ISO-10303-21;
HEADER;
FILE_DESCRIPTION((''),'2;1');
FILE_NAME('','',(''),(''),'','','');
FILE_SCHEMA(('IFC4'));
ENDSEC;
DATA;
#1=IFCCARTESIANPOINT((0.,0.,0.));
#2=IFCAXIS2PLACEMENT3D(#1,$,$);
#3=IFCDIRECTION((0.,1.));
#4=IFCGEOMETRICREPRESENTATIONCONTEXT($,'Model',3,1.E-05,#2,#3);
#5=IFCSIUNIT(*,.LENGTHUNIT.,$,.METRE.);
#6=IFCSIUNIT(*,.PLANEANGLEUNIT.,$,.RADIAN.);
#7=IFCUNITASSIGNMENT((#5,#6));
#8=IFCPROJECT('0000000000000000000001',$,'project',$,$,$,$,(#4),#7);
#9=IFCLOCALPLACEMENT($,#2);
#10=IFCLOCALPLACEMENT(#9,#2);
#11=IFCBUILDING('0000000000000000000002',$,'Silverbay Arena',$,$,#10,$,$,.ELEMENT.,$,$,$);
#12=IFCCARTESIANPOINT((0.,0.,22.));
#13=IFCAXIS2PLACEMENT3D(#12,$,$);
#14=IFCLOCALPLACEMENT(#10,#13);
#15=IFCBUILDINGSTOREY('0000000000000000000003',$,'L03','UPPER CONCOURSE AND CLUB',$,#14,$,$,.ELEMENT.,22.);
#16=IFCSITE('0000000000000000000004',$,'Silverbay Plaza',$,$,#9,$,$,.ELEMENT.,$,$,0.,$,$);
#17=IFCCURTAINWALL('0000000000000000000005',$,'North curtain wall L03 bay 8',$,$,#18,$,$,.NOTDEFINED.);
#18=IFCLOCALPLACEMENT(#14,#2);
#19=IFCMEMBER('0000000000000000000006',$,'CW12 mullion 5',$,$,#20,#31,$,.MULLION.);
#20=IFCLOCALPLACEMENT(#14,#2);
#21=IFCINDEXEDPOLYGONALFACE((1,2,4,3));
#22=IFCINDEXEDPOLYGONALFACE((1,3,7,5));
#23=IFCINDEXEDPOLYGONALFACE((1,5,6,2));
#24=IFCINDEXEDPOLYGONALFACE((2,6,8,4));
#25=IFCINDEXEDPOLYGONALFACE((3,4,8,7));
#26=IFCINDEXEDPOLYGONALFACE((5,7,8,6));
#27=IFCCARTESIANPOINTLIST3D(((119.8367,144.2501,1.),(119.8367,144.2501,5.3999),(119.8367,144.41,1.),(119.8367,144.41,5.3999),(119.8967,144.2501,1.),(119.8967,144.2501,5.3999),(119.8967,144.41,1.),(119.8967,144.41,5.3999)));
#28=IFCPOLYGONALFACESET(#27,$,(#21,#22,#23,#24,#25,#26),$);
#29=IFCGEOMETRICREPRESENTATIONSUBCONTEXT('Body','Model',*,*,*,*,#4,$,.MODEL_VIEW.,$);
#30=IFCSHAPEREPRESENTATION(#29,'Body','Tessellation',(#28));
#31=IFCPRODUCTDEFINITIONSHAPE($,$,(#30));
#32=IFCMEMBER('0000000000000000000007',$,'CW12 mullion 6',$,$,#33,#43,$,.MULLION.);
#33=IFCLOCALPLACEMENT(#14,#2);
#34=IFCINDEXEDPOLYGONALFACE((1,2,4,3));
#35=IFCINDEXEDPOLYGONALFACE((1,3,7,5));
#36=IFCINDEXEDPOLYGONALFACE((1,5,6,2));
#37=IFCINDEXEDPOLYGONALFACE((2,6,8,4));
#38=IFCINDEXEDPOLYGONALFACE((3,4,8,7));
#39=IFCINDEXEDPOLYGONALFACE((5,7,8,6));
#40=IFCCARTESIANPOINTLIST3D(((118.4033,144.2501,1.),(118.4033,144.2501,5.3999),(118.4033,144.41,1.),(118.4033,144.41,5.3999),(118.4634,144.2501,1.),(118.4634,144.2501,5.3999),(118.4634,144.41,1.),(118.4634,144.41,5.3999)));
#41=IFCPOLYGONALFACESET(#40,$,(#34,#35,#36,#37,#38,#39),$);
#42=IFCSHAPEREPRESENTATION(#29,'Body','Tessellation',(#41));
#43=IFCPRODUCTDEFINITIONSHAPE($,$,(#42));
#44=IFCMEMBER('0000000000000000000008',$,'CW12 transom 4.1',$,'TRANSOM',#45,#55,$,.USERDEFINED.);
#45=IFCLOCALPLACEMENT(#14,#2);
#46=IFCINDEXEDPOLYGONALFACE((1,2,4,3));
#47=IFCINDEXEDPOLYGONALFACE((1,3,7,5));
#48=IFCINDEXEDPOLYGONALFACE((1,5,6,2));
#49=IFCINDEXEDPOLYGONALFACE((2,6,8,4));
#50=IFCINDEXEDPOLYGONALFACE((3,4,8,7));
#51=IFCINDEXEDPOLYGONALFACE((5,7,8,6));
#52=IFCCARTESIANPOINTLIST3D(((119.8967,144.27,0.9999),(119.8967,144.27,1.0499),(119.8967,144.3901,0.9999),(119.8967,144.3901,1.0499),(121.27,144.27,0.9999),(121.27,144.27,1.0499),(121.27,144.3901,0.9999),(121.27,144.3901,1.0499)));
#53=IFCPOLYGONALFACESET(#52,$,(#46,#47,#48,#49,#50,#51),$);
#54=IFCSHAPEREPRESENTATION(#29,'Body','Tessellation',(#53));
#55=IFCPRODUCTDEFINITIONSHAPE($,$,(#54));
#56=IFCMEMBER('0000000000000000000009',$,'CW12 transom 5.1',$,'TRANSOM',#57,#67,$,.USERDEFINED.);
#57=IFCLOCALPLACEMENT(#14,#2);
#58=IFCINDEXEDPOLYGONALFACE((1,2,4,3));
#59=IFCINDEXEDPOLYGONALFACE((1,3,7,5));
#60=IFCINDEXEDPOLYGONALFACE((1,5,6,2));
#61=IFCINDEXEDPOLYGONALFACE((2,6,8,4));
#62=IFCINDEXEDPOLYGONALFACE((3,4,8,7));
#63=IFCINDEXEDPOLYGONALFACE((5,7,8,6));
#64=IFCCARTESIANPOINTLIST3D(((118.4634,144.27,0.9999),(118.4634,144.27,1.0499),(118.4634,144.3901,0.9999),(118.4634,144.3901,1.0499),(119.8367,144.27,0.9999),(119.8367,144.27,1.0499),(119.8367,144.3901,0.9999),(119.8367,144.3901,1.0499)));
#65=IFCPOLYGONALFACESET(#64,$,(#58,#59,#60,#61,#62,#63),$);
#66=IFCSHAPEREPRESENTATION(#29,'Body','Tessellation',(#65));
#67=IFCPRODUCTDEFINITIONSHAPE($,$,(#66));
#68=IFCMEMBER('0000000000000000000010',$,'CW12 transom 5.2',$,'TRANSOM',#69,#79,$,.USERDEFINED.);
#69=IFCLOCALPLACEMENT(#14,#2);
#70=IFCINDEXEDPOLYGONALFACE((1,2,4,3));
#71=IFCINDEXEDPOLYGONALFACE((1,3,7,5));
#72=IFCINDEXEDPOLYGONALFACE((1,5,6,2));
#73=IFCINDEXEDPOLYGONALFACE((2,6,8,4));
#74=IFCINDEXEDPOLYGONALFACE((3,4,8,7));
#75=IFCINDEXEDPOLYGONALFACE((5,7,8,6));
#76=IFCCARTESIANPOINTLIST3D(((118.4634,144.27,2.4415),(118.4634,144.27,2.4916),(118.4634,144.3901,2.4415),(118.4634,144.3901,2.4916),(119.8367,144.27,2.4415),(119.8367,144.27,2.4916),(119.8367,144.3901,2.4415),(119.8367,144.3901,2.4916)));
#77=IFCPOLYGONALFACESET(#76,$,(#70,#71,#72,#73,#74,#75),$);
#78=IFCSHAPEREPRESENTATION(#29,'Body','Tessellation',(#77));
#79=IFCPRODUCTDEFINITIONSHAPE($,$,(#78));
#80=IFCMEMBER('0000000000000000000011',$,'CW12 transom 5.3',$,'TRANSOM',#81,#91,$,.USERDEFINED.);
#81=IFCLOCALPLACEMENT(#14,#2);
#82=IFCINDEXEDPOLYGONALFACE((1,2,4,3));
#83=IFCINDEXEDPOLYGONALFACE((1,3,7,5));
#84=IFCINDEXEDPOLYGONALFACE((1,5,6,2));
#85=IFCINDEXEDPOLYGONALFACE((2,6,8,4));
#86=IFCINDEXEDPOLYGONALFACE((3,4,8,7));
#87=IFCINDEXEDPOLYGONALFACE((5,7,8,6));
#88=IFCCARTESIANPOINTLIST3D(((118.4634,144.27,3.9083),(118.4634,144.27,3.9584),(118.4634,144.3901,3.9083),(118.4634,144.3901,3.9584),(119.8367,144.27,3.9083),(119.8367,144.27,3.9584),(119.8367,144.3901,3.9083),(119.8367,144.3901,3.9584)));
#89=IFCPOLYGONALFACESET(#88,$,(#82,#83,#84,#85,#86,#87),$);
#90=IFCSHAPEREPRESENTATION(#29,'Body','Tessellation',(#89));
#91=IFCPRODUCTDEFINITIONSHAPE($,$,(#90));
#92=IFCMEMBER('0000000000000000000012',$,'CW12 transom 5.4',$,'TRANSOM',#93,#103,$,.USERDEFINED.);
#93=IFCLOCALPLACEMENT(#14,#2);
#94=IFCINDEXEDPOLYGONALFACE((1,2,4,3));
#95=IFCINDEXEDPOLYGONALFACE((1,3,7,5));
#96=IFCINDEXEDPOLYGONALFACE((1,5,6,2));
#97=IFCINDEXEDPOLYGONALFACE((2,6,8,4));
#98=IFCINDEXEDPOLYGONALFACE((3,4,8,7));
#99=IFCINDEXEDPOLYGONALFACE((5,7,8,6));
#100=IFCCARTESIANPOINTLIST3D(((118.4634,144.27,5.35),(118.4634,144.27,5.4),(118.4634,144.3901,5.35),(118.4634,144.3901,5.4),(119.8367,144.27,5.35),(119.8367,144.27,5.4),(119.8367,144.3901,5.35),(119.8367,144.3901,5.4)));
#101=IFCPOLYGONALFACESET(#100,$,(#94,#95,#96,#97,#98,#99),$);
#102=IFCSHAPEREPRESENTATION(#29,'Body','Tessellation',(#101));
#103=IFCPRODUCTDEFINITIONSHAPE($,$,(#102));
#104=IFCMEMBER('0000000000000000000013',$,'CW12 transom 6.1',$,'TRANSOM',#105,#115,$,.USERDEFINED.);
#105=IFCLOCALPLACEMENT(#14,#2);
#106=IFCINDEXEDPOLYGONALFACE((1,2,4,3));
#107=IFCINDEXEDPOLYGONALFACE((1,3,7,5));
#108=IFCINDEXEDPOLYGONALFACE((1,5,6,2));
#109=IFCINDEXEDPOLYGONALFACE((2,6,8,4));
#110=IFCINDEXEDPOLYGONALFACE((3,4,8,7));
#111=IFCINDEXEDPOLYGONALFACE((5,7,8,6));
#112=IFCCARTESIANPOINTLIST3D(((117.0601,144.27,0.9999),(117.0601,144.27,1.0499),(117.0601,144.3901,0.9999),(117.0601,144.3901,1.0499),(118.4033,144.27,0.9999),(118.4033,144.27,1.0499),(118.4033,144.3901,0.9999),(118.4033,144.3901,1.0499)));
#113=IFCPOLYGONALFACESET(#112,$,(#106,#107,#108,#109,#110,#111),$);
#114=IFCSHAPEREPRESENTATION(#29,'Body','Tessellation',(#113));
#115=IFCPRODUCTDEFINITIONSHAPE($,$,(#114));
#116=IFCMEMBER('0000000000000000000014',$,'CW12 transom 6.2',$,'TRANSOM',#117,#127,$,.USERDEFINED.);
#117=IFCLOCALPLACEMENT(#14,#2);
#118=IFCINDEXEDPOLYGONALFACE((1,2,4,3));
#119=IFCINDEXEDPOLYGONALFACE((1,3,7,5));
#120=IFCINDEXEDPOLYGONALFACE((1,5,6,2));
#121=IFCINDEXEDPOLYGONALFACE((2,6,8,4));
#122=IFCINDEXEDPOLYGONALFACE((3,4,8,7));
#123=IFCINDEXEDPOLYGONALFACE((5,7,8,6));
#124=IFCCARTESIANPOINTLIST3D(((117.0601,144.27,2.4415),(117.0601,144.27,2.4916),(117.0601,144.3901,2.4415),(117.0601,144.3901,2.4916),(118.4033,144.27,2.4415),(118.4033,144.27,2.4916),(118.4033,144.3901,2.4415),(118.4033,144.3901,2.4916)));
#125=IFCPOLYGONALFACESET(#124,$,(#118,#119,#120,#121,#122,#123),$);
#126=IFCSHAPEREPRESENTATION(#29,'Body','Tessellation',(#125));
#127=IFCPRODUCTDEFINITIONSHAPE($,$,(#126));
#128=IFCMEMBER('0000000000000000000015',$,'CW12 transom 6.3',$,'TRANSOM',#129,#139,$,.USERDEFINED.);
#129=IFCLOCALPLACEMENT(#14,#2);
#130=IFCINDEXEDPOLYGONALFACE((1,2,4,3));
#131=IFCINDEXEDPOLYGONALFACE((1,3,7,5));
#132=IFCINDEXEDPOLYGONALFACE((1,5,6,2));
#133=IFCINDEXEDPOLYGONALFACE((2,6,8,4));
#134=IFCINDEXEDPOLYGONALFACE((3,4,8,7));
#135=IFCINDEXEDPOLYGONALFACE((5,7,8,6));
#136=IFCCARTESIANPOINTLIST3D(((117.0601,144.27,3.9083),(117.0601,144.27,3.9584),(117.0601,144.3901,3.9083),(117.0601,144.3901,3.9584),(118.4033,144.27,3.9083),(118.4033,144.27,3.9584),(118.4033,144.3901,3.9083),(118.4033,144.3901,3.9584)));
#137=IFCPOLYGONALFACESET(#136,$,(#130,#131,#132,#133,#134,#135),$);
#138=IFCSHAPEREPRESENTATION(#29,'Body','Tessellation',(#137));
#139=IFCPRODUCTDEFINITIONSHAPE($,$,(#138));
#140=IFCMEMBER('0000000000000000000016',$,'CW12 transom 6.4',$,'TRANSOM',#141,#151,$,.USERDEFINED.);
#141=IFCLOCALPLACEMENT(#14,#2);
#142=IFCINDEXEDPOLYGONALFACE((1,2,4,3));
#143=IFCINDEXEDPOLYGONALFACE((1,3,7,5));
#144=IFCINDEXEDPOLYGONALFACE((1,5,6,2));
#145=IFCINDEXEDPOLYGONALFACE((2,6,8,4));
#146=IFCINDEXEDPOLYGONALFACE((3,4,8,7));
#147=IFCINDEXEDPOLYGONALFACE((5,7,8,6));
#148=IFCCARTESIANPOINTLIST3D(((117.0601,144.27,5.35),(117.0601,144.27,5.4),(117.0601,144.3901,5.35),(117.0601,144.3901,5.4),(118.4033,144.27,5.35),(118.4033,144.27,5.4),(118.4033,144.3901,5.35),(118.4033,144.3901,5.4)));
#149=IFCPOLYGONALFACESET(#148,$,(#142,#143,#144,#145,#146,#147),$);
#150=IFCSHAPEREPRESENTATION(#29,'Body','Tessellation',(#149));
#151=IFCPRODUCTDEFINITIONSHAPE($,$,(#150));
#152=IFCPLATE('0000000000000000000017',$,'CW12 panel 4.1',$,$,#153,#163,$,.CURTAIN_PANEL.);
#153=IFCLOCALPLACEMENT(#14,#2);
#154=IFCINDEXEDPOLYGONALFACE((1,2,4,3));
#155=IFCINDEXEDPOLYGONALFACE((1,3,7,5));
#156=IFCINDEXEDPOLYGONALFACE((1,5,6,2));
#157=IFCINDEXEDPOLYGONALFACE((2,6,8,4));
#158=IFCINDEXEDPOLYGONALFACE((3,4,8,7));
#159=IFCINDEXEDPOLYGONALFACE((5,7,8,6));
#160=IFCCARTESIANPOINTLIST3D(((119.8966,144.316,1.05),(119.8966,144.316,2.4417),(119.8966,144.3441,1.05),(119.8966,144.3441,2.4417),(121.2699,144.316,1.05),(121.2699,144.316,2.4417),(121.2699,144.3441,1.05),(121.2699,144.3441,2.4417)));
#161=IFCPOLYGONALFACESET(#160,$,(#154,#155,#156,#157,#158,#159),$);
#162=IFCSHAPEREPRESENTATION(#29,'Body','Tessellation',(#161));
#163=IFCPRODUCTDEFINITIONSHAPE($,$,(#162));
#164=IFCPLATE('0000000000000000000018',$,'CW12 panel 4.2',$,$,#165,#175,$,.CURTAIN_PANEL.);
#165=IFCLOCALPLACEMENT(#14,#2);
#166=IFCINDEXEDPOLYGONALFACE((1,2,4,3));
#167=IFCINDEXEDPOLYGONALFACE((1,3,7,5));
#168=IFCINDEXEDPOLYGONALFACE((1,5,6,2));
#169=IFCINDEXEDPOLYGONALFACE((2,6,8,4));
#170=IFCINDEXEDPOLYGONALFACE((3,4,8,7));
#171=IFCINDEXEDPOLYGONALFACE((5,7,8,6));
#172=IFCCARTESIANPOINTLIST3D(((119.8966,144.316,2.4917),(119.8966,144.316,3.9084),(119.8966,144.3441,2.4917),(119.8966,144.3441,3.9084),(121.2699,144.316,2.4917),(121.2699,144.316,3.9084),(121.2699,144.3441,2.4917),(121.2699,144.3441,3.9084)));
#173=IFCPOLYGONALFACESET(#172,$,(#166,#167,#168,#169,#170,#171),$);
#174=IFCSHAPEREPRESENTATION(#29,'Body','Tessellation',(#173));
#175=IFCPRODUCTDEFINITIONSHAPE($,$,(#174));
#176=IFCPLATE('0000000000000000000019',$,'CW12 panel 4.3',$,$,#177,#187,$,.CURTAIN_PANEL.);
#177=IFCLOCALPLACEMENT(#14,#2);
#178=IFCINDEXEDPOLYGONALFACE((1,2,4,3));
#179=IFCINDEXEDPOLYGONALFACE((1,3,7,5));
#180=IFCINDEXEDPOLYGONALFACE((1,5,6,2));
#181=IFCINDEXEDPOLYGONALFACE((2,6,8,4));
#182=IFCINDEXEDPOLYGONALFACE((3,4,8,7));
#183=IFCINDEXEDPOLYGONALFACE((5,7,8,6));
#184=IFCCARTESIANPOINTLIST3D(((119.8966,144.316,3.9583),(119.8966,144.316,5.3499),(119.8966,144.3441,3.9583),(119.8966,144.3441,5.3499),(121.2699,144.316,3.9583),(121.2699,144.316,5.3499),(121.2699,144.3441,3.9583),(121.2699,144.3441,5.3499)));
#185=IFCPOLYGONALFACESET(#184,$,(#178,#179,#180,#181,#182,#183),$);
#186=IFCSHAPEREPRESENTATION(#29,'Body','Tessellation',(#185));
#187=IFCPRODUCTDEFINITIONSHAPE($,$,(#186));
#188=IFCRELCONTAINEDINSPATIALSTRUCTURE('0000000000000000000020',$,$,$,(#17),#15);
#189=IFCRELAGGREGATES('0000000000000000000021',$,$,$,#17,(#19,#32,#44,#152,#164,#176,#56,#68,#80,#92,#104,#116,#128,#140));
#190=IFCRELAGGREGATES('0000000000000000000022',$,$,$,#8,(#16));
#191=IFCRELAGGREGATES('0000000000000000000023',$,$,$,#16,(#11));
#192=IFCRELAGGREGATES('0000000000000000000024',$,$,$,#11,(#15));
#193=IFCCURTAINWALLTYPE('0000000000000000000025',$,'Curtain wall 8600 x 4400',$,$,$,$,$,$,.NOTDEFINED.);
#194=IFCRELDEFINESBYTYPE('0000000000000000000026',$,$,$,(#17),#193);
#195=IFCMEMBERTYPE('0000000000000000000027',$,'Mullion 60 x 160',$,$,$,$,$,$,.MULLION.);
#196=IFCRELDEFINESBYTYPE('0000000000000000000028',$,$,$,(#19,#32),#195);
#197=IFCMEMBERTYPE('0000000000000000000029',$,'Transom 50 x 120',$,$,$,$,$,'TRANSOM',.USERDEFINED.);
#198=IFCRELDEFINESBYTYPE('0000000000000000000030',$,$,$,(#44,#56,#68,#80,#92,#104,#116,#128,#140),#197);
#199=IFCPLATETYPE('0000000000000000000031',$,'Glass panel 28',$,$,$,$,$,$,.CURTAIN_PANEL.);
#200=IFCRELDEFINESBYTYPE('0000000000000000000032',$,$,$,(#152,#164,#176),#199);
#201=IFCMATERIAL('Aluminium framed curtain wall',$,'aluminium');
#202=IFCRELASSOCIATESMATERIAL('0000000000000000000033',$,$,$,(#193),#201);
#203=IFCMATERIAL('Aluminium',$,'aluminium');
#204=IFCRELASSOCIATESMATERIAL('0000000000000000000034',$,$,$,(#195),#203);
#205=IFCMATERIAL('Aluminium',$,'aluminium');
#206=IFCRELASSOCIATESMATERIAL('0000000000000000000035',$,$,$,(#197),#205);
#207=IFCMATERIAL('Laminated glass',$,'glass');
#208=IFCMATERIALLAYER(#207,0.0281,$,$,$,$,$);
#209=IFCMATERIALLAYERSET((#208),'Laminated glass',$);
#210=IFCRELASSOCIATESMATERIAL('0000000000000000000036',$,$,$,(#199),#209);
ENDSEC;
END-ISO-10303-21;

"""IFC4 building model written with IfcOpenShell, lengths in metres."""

from ifc_helpers import new_model, si_unit, direction, frame, origin, origin_2d, place, context, subcontext, project, spatial, rectangle, extrude, material, layer, layer_set, material_profile, profile_set, type_object, element, aggregate, save


model = new_model("IFC4")

# Units and contexts
model_context = context("Model", 3, precision=1e-05, world=origin(), true_north=direction((0.0, 1.0)))
body_context = subcontext(model_context, "Body", "Model", "MODEL_VIEW")
ifc_project = project(units=[si_unit("LENGTHUNIT", "METRE"), si_unit("PLANEANGLEUNIT", "RADIAN")], contexts=[model_context])

# Site, building, storey
site_placement = place(None, origin())
site = spatial("IfcSite", under=ifc_project, at=site_placement, Name="Silverbay Plaza", CompositionType="ELEMENT", RefElevation=0.0)
building_placement = place(site_placement, origin())
building = spatial("IfcBuilding", under=site, at=building_placement, Name="Silverbay Arena", CompositionType="ELEMENT")
storey_placement = place(building_placement, frame((0.0, 0.0, 22.0)))
storey = spatial("IfcBuildingStorey", under=building, at=storey_placement, Name="L03", Description="UPPER CONCOURSE AND CLUB", CompositionType="ELEMENT", Elevation=22.0)

# Curtain wall, members, plates
ifc_material_1 = material(Name="Aluminium framed curtain wall", Category="aluminium")
curtain_wall_type = type_object("IfcCurtainWallType", Name="Curtain wall 8600 x 4400", PredefinedType="NOTDEFINED", material=ifc_material_1)
curtain_wall_placement = place(storey_placement, origin())
curtain_wall = element("IfcCurtainWall", 1, at=curtain_wall_placement, inside=storey, type_object=curtain_wall_type, Name="North curtain wall L03 bay 8", PredefinedType="NOTDEFINED")
ifc_material_2 = material(Name="Aluminium", Category="aluminium")
ifc_material_profile_1 = material_profile(ifc_material_2, rectangle(XDim=0.1599, YDim=0.0601, at=origin_2d()), Name="Mullion 60 x 160")
ifc_profile_set_1 = profile_set([ifc_material_profile_1], Name="Aluminium")
member_type_1 = type_object("IfcMemberType", Name="Mullion 60 x 160", PredefinedType="MULLION", material=ifc_profile_set_1)
member_1_placement = place(storey_placement, frame((119.8667, 144.3301, 1.0), z_axis=(0.0, 0.0, 1.0), x_axis=(0.0, -1.0, 0.0)))
member_1 = element("IfcMember", 2, at=member_1_placement, type_object=member_type_1, Name="CW12 mullion 5", PredefinedType="MULLION", context=body_context, shape_type="SweptSolid", body=[
    extrude(rectangle(XDim=0.1599, YDim=0.0601, at=origin_2d()), origin(), (0.0, 0.0, 1.0), 4.3999),
])
member_2_placement = place(storey_placement, frame((118.4333, 144.3301, 1.0), z_axis=(0.0, 0.0, 1.0), x_axis=(0.0, -1.0, 0.0)))
member_2 = element("IfcMember", 3, at=member_2_placement, type_object=member_type_1, Name="CW12 mullion 6", PredefinedType="MULLION", context=body_context, shape_type="SweptSolid", body=[
    extrude(rectangle(XDim=0.1599, YDim=0.0601, at=origin_2d()), origin(), (0.0, 0.0, 1.0), 4.3999),
])
ifc_material_3 = material(Name="Aluminium", Category="aluminium")
ifc_material_profile_2 = material_profile(ifc_material_3, rectangle(XDim=0.1201, YDim=0.05, at=origin_2d()), Name="Transom 50 x 120")
ifc_profile_set_2 = profile_set([ifc_material_profile_2], Name="Aluminium")
member_type_2 = type_object("IfcMemberType", Name="Transom 50 x 120", ElementType="TRANSOM", PredefinedType="USERDEFINED", material=ifc_profile_set_2)
member_3_placement = place(storey_placement, frame((121.27, 144.3301, 1.0249), z_axis=(-1.0, 0.0, 0.0), x_axis=(0.0, -1.0, 0.0)))
member_3 = element("IfcMember", 4, at=member_3_placement, type_object=member_type_2, Name="CW12 transom 4.1", ObjectType="TRANSOM", PredefinedType="USERDEFINED", context=body_context, shape_type="SweptSolid", body=[
    extrude(rectangle(XDim=0.1201, YDim=0.05, at=origin_2d()), origin(), (0.0, 0.0, 1.0), 1.3733),
])
member_4_placement = place(storey_placement, frame((119.8367, 144.3301, 1.0249), z_axis=(-1.0, 0.0, 0.0), x_axis=(0.0, -1.0, 0.0)))
member_4 = element("IfcMember", 5, at=member_4_placement, type_object=member_type_2, Name="CW12 transom 5.1", ObjectType="TRANSOM", PredefinedType="USERDEFINED", context=body_context, shape_type="SweptSolid", body=[
    extrude(rectangle(XDim=0.1201, YDim=0.05, at=origin_2d()), origin(), (0.0, 0.0, 1.0), 1.3733),
])
member_5_placement = place(storey_placement, frame((119.8367, 144.3301, 2.4666), z_axis=(-1.0, 0.0, 0.0), x_axis=(0.0, -1.0, 0.0)))
member_5 = element("IfcMember", 6, at=member_5_placement, type_object=member_type_2, Name="CW12 transom 5.2", ObjectType="TRANSOM", PredefinedType="USERDEFINED", context=body_context, shape_type="SweptSolid", body=[
    extrude(rectangle(XDim=0.1201, YDim=0.05, at=origin_2d()), origin(), (0.0, 0.0, 1.0), 1.3733),
])
member_6_placement = place(storey_placement, frame((119.8367, 144.3301, 3.9333), z_axis=(-1.0, 0.0, 0.0), x_axis=(0.0, -1.0, 0.0)))
member_6 = element("IfcMember", 7, at=member_6_placement, type_object=member_type_2, Name="CW12 transom 5.3", ObjectType="TRANSOM", PredefinedType="USERDEFINED", context=body_context, shape_type="SweptSolid", body=[
    extrude(rectangle(XDim=0.1201, YDim=0.05, at=origin_2d()), origin(), (0.0, 0.0, 1.0), 1.3733),
])
member_7_placement = place(storey_placement, frame((119.8367, 144.3301, 5.375), z_axis=(-1.0, 0.0, 0.0), x_axis=(0.0, -1.0, 0.0)))
member_7 = element("IfcMember", 8, at=member_7_placement, type_object=member_type_2, Name="CW12 transom 5.4", ObjectType="TRANSOM", PredefinedType="USERDEFINED", context=body_context, shape_type="SweptSolid", body=[
    extrude(rectangle(XDim=0.1201, YDim=0.05, at=origin_2d()), origin(), (0.0, 0.0, 1.0), 1.3733),
])
member_8_placement = place(storey_placement, frame((118.4033, 144.3301, 1.0249), z_axis=(-1.0, 0.0, 0.0), x_axis=(0.0, -1.0, 0.0)))
member_8 = element("IfcMember", 9, at=member_8_placement, type_object=member_type_2, Name="CW12 transom 6.1", ObjectType="TRANSOM", PredefinedType="USERDEFINED", context=body_context, shape_type="SweptSolid", body=[
    extrude(rectangle(XDim=0.1201, YDim=0.05, at=origin_2d()), origin(), (0.0, 0.0, 1.0), 1.3433),
])
member_9_placement = place(storey_placement, frame((118.4033, 144.3301, 2.4666), z_axis=(-1.0, 0.0, 0.0), x_axis=(0.0, -1.0, 0.0)))
member_9 = element("IfcMember", 10, at=member_9_placement, type_object=member_type_2, Name="CW12 transom 6.2", ObjectType="TRANSOM", PredefinedType="USERDEFINED", context=body_context, shape_type="SweptSolid", body=[
    extrude(rectangle(XDim=0.1201, YDim=0.05, at=origin_2d()), origin(), (0.0, 0.0, 1.0), 1.3433),
])
member_10_placement = place(storey_placement, frame((118.4033, 144.3301, 3.9333), z_axis=(-1.0, 0.0, 0.0), x_axis=(0.0, -1.0, 0.0)))
member_10 = element("IfcMember", 11, at=member_10_placement, type_object=member_type_2, Name="CW12 transom 6.3", ObjectType="TRANSOM", PredefinedType="USERDEFINED", context=body_context, shape_type="SweptSolid", body=[
    extrude(rectangle(XDim=0.1201, YDim=0.05, at=origin_2d()), origin(), (0.0, 0.0, 1.0), 1.3433),
])
member_11_placement = place(storey_placement, frame((118.4033, 144.3301, 5.375), z_axis=(-1.0, 0.0, 0.0), x_axis=(0.0, -1.0, 0.0)))
member_11 = element("IfcMember", 12, at=member_11_placement, type_object=member_type_2, Name="CW12 transom 6.4", ObjectType="TRANSOM", PredefinedType="USERDEFINED", context=body_context, shape_type="SweptSolid", body=[
    extrude(rectangle(XDim=0.1201, YDim=0.05, at=origin_2d()), origin(), (0.0, 0.0, 1.0), 1.3433),
])
ifc_material_4 = material(Name="Laminated glass", Category="glass")
ifc_layer = layer(ifc_material_4, 0.0281)
ifc_layer_set = layer_set([ifc_layer], Name="Laminated glass")
plate_type = type_object("IfcPlateType", Name="Glass panel 28", PredefinedType="CURTAIN_PANEL", material=ifc_layer_set)
plate_1_placement = place(storey_placement, frame((120.5833, 144.3301, 1.05), z_axis=(0.0, 0.0, 1.0), x_axis=(-1.0, 0.0, 0.0)))
plate_1 = element("IfcPlate", 13, at=plate_1_placement, type_object=plate_type, Name="CW12 panel 4.1", PredefinedType="CURTAIN_PANEL", context=body_context, shape_type="SweptSolid", body=[
    extrude(rectangle(XDim=1.3733, YDim=0.0281, at=origin_2d()), origin(), (0.0, 0.0, 1.0), 1.3916),
])
plate_2_placement = place(storey_placement, frame((120.5833, 144.3301, 2.4917), z_axis=(0.0, 0.0, 1.0), x_axis=(-1.0, 0.0, 0.0)))
plate_2 = element("IfcPlate", 14, at=plate_2_placement, type_object=plate_type, Name="CW12 panel 4.2", PredefinedType="CURTAIN_PANEL", context=body_context, shape_type="SweptSolid", body=[
    extrude(rectangle(XDim=1.3733, YDim=0.0281, at=origin_2d()), origin(), (0.0, 0.0, 1.0), 1.4167),
])
plate_3_placement = place(storey_placement, frame((120.5833, 144.3301, 3.9583), z_axis=(0.0, 0.0, 1.0), x_axis=(-1.0, 0.0, 0.0)))
plate_3 = element("IfcPlate", 15, at=plate_3_placement, type_object=plate_type, Name="CW12 panel 4.3", PredefinedType="CURTAIN_PANEL", context=body_context, shape_type="SweptSolid", body=[
    extrude(rectangle(XDim=1.3733, YDim=0.0281, at=origin_2d()), origin(), (0.0, 0.0, 1.0), 1.3916),
])
aggregate(curtain_wall, [member_1, member_2, member_3, plate_1, plate_2, plate_3, member_4, member_5, member_6, member_7, member_8, member_9, member_10, member_11])

save(model, "model.ifc")
